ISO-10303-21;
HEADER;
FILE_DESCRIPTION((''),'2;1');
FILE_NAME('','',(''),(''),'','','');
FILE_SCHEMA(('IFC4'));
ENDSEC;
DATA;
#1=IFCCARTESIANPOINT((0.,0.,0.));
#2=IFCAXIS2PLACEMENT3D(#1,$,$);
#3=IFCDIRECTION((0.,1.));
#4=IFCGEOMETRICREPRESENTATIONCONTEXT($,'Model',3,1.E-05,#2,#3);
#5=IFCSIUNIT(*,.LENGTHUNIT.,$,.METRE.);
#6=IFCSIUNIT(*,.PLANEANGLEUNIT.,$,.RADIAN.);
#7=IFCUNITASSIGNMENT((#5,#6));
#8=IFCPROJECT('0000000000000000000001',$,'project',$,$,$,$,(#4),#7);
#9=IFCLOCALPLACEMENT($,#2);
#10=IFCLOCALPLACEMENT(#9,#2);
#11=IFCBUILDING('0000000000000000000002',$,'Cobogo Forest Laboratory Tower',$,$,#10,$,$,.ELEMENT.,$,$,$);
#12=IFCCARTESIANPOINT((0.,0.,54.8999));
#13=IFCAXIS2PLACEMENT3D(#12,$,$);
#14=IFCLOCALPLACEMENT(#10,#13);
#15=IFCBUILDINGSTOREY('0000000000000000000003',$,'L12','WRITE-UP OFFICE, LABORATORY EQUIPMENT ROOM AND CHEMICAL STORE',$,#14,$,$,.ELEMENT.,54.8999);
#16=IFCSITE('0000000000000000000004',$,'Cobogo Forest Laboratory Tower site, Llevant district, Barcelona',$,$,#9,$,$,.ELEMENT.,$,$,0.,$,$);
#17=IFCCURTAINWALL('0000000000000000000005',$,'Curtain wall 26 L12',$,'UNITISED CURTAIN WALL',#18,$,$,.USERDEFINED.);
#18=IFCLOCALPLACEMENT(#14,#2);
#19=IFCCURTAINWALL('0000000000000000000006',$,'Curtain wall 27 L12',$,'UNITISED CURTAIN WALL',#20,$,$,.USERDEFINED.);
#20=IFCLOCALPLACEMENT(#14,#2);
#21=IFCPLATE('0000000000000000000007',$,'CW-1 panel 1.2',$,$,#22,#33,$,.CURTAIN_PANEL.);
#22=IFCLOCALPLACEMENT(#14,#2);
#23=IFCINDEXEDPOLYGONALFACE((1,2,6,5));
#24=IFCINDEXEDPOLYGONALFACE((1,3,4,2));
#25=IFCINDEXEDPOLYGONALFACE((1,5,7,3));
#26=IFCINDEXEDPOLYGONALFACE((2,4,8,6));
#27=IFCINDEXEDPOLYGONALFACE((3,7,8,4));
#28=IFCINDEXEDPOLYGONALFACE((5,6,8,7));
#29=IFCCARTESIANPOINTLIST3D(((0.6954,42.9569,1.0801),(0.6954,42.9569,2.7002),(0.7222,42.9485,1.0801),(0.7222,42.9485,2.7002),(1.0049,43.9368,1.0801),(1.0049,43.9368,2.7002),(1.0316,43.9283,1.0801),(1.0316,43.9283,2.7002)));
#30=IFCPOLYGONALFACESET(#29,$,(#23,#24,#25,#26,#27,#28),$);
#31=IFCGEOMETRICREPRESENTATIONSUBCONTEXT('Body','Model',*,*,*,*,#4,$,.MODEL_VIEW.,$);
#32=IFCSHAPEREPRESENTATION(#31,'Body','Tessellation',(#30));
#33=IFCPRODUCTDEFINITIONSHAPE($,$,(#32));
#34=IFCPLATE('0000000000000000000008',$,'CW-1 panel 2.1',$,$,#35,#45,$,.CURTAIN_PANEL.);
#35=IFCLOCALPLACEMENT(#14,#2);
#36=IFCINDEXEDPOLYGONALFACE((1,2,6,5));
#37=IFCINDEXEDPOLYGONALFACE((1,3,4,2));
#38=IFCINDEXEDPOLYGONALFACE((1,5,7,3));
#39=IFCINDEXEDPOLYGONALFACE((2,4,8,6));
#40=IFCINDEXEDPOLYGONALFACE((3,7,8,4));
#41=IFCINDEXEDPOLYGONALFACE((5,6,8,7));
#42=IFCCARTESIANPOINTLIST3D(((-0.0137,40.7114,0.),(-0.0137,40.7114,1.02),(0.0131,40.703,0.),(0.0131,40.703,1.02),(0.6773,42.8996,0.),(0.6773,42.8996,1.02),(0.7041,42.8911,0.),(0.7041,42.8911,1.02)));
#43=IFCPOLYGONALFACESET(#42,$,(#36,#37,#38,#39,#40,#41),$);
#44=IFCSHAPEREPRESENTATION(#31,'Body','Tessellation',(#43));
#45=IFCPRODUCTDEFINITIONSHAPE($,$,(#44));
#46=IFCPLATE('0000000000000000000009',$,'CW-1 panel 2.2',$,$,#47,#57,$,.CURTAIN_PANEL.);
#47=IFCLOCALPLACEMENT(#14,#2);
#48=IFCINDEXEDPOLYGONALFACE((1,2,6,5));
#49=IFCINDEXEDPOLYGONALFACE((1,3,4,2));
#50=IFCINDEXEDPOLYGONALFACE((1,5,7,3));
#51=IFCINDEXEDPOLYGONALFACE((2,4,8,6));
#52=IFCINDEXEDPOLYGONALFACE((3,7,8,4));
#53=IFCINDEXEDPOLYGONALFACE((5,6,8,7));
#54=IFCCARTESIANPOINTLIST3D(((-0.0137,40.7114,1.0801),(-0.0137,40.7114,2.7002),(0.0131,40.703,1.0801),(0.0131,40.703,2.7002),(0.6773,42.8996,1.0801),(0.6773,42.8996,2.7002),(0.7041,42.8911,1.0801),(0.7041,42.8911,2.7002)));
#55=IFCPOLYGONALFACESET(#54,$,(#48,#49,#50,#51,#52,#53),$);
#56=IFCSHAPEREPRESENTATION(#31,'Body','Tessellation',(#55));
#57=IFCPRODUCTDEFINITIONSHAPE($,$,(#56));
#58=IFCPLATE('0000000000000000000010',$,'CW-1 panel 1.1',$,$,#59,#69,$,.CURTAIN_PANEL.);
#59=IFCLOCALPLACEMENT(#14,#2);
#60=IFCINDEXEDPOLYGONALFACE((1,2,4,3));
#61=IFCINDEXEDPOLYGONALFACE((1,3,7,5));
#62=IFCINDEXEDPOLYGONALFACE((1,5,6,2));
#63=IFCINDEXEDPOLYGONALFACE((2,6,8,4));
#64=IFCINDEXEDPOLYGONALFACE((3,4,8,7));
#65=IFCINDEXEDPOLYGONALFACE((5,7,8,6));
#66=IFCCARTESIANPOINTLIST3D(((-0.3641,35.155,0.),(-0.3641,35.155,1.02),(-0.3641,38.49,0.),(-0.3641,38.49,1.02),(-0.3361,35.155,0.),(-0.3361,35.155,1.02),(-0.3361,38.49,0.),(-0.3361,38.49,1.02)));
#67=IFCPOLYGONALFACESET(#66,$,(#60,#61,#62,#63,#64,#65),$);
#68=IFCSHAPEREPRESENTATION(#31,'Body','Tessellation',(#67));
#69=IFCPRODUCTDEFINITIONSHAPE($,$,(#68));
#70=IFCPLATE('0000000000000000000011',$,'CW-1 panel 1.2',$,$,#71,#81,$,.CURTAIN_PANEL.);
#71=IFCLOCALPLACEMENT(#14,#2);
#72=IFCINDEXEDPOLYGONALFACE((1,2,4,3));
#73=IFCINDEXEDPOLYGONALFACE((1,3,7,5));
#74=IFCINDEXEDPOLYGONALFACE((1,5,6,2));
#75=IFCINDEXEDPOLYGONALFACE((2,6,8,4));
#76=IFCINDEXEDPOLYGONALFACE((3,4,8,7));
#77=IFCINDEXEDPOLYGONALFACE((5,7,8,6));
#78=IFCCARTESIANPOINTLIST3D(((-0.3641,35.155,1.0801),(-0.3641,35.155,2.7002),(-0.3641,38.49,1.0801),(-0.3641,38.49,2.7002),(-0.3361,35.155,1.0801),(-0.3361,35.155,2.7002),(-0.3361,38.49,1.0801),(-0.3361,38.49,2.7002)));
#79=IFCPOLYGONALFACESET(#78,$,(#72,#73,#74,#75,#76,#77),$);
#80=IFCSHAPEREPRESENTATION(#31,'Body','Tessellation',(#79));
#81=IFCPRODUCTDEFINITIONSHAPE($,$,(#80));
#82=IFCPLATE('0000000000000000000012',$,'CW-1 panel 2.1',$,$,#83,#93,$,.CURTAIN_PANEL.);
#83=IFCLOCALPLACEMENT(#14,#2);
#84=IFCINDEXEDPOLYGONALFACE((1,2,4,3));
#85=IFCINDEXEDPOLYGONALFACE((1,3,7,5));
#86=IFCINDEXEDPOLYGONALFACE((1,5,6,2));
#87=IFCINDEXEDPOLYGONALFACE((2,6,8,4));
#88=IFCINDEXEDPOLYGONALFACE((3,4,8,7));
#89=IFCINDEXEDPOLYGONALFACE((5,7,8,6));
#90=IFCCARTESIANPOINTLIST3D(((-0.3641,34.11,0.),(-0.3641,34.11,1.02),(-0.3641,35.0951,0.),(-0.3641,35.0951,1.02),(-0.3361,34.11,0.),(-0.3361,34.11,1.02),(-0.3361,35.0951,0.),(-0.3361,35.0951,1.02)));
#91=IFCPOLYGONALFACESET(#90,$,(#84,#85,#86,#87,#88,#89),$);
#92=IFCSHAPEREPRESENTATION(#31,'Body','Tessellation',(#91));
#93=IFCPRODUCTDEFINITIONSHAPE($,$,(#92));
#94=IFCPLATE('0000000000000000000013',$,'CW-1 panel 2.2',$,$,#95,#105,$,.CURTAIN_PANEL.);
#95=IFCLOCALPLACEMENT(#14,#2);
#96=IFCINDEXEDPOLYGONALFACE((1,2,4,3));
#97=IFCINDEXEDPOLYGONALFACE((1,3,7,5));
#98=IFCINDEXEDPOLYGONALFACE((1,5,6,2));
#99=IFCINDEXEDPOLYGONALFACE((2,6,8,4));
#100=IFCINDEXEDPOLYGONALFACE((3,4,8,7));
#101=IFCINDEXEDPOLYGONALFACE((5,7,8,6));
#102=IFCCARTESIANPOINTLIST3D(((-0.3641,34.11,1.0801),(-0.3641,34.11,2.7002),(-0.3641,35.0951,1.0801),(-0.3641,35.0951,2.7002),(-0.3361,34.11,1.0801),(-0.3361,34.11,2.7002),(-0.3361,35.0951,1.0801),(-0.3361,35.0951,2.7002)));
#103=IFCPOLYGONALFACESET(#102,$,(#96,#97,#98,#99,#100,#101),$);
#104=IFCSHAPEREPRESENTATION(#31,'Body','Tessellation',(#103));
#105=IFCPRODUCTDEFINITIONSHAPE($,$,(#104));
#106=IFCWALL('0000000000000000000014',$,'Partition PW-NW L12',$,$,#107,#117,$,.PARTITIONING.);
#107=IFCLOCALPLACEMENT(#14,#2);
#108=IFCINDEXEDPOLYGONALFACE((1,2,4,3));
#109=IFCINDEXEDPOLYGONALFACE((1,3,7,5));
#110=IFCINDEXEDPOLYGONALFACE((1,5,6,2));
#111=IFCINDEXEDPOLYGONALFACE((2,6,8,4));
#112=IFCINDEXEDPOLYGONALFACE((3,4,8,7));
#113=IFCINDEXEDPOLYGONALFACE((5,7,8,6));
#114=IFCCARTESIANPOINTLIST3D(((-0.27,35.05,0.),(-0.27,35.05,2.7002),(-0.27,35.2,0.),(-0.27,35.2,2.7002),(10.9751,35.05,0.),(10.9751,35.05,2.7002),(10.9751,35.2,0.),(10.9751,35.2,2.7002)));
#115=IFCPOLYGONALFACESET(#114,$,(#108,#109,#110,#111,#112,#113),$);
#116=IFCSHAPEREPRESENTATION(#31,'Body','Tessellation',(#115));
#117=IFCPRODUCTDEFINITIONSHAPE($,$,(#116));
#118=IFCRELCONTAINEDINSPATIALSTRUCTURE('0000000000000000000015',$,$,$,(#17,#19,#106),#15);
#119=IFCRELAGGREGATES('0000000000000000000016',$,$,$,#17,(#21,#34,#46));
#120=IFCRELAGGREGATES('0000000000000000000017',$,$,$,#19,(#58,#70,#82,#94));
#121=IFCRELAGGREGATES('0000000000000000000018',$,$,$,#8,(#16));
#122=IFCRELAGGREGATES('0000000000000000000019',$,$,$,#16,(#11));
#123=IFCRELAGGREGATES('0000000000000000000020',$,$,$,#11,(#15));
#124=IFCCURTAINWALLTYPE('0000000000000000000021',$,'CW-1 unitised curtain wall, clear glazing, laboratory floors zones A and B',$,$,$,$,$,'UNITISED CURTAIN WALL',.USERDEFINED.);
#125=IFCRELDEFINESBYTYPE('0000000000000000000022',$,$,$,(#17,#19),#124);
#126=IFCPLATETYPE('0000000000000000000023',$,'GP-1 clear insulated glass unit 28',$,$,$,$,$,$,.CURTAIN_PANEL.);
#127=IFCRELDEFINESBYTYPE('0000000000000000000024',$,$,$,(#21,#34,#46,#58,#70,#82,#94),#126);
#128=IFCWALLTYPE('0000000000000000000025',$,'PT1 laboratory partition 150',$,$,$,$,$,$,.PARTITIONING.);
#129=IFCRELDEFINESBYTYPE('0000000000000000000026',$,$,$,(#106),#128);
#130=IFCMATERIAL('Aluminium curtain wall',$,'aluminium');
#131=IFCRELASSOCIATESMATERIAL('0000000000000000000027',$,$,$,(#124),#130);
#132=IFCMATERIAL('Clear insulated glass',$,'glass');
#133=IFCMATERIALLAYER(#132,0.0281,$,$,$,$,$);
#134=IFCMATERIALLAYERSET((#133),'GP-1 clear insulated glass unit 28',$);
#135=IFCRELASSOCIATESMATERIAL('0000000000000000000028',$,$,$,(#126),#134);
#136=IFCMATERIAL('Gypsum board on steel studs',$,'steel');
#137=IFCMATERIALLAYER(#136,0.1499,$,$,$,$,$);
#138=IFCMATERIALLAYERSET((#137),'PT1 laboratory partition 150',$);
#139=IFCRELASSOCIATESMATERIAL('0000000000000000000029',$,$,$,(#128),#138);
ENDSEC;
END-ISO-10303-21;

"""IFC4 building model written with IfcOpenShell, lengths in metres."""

from ifc_helpers import new_model, si_unit, direction, frame, frame_2d, origin, origin_2d, place, context, subcontext, project, spatial, rectangle, extrude, material, layer, layer_set, type_object, element, aggregate, save


model = new_model("IFC4")

# Units and contexts
model_context = context("Model", 3, precision=1e-05, world=origin(), true_north=direction((0.0, 1.0)))
body_context = subcontext(model_context, "Body", "Model", "MODEL_VIEW")
ifc_project = project(units=[si_unit("LENGTHUNIT", "METRE"), si_unit("PLANEANGLEUNIT", "RADIAN")], contexts=[model_context])

# Site, building, storey
site_placement = place(None, origin())
site = spatial("IfcSite", under=ifc_project, at=site_placement, Name="Cobogo Forest Laboratory Tower site, Llevant district, Barcelona", CompositionType="ELEMENT", RefElevation=0.0)
building_placement = place(site_placement, origin())
building = spatial("IfcBuilding", under=site, at=building_placement, Name="Cobogo Forest Laboratory Tower", CompositionType="ELEMENT")
storey_placement = place(building_placement, frame((0.0, 0.0, 54.8999)))
storey = spatial("IfcBuildingStorey", under=building, at=storey_placement, Name="L12", Description="WRITE-UP OFFICE, LABORATORY EQUIPMENT ROOM AND CHEMICAL STORE", CompositionType="ELEMENT", Elevation=54.8999)

# Shared definitions
ifc_material_1 = material(Name="Aluminium curtain wall", Category="aluminium")
curtain_wall_type = type_object("IfcCurtainWallType", Name="CW-1 unitised curtain wall, clear glazing, laboratory floors zones A and B", ElementType="UNITISED CURTAIN WALL", PredefinedType="USERDEFINED", material=ifc_material_1)

# Curtain walls
curtain_wall_1_placement = place(storey_placement, origin())
curtain_wall_1 = element("IfcCurtainWall", 1, at=curtain_wall_1_placement, inside=storey, type_object=curtain_wall_type, Name="Curtain wall 26 L12", ObjectType="UNITISED CURTAIN WALL", PredefinedType="USERDEFINED")
curtain_wall_2_placement = place(storey_placement, origin())
curtain_wall_2 = element("IfcCurtainWall", 2, at=curtain_wall_2_placement, inside=storey, type_object=curtain_wall_type, Name="Curtain wall 27 L12", ObjectType="UNITISED CURTAIN WALL", PredefinedType="USERDEFINED")

# Plates
ifc_material_2 = material(Name="Clear insulated glass", Category="glass")
ifc_layer_1 = layer(ifc_material_2, 0.0281)
ifc_layer_set_1 = layer_set([ifc_layer_1], Name="GP-1 clear insulated glass unit 28")
plate_type = type_object("IfcPlateType", Name="GP-1 clear insulated glass unit 28", PredefinedType="CURTAIN_PANEL", material=ifc_layer_set_1)
plate_1_placement = place(storey_placement, frame((0.8635, 43.4426, 1.0801), z_axis=(0.0, 0.0, 1.0), x_axis=(-0.301135, -0.953581, 0.0)))
plate_1 = element("IfcPlate", 3, at=plate_1_placement, type_object=plate_type, Name="CW-1 panel 1.2", PredefinedType="CURTAIN_PANEL", context=body_context, shape_type="SweptSolid", body=[
    extrude(rectangle(XDim=1.0276, YDim=0.0281, at=origin_2d()), origin(), (0.0, 0.0, 1.0), 1.6201),
])
plate_2_placement = place(storey_placement, frame((0.3452, 41.8013, 0.0), z_axis=(0.0, 0.0, 1.0), x_axis=(-0.301135, -0.953581, 0.0)))
plate_2 = element("IfcPlate", 4, at=plate_2_placement, type_object=plate_type, Name="CW-1 panel 2.1", PredefinedType="CURTAIN_PANEL", context=body_context, shape_type="SweptSolid", body=[
    extrude(rectangle(XDim=2.2947, YDim=0.0281, at=origin_2d()), origin(), (0.0, 0.0, 1.0), 1.02),
])
plate_3_placement = place(storey_placement, frame((0.3452, 41.8013, 1.0801), z_axis=(0.0, 0.0, 1.0), x_axis=(-0.301135, -0.953581, 0.0)))
plate_3 = element("IfcPlate", 5, at=plate_3_placement, type_object=plate_type, Name="CW-1 panel 2.2", PredefinedType="CURTAIN_PANEL", context=body_context, shape_type="SweptSolid", body=[
    extrude(rectangle(XDim=2.2947, YDim=0.0281, at=origin_2d()), origin(), (0.0, 0.0, 1.0), 1.6201),
])
aggregate(curtain_wall_1, [plate_1, plate_2, plate_3])
plate_4_placement = place(storey_placement, frame((-0.3501, 36.8225, 0.0), z_axis=(0.0, 0.0, 1.0), x_axis=(0.0, -1.0, 0.0)))
plate_4 = element("IfcPlate", 6, at=plate_4_placement, type_object=plate_type, Name="CW-1 panel 1.1", PredefinedType="CURTAIN_PANEL", context=body_context, shape_type="SweptSolid", body=[
    extrude(rectangle(XDim=3.335, YDim=0.0281, at=origin_2d()), origin(), (0.0, 0.0, 1.0), 1.02),
])
plate_5_placement = place(storey_placement, frame((-0.3501, 36.8225, 1.0801), z_axis=(0.0, 0.0, 1.0), x_axis=(0.0, -1.0, 0.0)))
plate_5 = element("IfcPlate", 7, at=plate_5_placement, type_object=plate_type, Name="CW-1 panel 1.2", PredefinedType="CURTAIN_PANEL", context=body_context, shape_type="SweptSolid", body=[
    extrude(rectangle(XDim=3.335, YDim=0.0281, at=origin_2d()), origin(), (0.0, 0.0, 1.0), 1.6201),
])
plate_6_placement = place(storey_placement, frame((-0.3501, 34.6025, 0.0), z_axis=(0.0, 0.0, 1.0), x_axis=(0.0, -1.0, 0.0)))
plate_6 = element("IfcPlate", 8, at=plate_6_placement, type_object=plate_type, Name="CW-1 panel 2.1", PredefinedType="CURTAIN_PANEL", context=body_context, shape_type="SweptSolid", body=[
    extrude(rectangle(XDim=0.9851, YDim=0.0281, at=origin_2d()), origin(), (0.0, 0.0, 1.0), 1.02),
])
plate_7_placement = place(storey_placement, frame((-0.3501, 34.6025, 1.0801), z_axis=(0.0, 0.0, 1.0), x_axis=(0.0, -1.0, 0.0)))
plate_7 = element("IfcPlate", 9, at=plate_7_placement, type_object=plate_type, Name="CW-1 panel 2.2", PredefinedType="CURTAIN_PANEL", context=body_context, shape_type="SweptSolid", body=[
    extrude(rectangle(XDim=0.9851, YDim=0.0281, at=origin_2d()), origin(), (0.0, 0.0, 1.0), 1.6201),
])
aggregate(curtain_wall_2, [plate_4, plate_5, plate_6, plate_7])

# Wall
ifc_material_3 = material(Name="Gypsum board on steel studs", Category="steel")
ifc_layer_2 = layer(ifc_material_3, 0.1499)
ifc_layer_set_2 = layer_set([ifc_layer_2], Name="PT1 laboratory partition 150")
wall_type = type_object("IfcWallType", Name="PT1 laboratory partition 150", PredefinedType="PARTITIONING", material=ifc_layer_set_2)
wall_placement = place(storey_placement, frame((-0.27, 35.125, 0.0), z_axis=(0.0, 0.0, 1.0), x_axis=(1.0, 0.0, 0.0)))
element("IfcWall", 10, at=wall_placement, inside=storey, type_object=wall_type, Name="Partition PW-NW L12", PredefinedType="PARTITIONING", context=body_context, shape_type="SweptSolid", body=[
    extrude(rectangle(XDim=11.2451, YDim=0.1499, at=frame_2d((5.6226, 0.0))), origin(), (0.0, 0.0, 1.0), 2.7002),
])

save(model, "model.ifc")
